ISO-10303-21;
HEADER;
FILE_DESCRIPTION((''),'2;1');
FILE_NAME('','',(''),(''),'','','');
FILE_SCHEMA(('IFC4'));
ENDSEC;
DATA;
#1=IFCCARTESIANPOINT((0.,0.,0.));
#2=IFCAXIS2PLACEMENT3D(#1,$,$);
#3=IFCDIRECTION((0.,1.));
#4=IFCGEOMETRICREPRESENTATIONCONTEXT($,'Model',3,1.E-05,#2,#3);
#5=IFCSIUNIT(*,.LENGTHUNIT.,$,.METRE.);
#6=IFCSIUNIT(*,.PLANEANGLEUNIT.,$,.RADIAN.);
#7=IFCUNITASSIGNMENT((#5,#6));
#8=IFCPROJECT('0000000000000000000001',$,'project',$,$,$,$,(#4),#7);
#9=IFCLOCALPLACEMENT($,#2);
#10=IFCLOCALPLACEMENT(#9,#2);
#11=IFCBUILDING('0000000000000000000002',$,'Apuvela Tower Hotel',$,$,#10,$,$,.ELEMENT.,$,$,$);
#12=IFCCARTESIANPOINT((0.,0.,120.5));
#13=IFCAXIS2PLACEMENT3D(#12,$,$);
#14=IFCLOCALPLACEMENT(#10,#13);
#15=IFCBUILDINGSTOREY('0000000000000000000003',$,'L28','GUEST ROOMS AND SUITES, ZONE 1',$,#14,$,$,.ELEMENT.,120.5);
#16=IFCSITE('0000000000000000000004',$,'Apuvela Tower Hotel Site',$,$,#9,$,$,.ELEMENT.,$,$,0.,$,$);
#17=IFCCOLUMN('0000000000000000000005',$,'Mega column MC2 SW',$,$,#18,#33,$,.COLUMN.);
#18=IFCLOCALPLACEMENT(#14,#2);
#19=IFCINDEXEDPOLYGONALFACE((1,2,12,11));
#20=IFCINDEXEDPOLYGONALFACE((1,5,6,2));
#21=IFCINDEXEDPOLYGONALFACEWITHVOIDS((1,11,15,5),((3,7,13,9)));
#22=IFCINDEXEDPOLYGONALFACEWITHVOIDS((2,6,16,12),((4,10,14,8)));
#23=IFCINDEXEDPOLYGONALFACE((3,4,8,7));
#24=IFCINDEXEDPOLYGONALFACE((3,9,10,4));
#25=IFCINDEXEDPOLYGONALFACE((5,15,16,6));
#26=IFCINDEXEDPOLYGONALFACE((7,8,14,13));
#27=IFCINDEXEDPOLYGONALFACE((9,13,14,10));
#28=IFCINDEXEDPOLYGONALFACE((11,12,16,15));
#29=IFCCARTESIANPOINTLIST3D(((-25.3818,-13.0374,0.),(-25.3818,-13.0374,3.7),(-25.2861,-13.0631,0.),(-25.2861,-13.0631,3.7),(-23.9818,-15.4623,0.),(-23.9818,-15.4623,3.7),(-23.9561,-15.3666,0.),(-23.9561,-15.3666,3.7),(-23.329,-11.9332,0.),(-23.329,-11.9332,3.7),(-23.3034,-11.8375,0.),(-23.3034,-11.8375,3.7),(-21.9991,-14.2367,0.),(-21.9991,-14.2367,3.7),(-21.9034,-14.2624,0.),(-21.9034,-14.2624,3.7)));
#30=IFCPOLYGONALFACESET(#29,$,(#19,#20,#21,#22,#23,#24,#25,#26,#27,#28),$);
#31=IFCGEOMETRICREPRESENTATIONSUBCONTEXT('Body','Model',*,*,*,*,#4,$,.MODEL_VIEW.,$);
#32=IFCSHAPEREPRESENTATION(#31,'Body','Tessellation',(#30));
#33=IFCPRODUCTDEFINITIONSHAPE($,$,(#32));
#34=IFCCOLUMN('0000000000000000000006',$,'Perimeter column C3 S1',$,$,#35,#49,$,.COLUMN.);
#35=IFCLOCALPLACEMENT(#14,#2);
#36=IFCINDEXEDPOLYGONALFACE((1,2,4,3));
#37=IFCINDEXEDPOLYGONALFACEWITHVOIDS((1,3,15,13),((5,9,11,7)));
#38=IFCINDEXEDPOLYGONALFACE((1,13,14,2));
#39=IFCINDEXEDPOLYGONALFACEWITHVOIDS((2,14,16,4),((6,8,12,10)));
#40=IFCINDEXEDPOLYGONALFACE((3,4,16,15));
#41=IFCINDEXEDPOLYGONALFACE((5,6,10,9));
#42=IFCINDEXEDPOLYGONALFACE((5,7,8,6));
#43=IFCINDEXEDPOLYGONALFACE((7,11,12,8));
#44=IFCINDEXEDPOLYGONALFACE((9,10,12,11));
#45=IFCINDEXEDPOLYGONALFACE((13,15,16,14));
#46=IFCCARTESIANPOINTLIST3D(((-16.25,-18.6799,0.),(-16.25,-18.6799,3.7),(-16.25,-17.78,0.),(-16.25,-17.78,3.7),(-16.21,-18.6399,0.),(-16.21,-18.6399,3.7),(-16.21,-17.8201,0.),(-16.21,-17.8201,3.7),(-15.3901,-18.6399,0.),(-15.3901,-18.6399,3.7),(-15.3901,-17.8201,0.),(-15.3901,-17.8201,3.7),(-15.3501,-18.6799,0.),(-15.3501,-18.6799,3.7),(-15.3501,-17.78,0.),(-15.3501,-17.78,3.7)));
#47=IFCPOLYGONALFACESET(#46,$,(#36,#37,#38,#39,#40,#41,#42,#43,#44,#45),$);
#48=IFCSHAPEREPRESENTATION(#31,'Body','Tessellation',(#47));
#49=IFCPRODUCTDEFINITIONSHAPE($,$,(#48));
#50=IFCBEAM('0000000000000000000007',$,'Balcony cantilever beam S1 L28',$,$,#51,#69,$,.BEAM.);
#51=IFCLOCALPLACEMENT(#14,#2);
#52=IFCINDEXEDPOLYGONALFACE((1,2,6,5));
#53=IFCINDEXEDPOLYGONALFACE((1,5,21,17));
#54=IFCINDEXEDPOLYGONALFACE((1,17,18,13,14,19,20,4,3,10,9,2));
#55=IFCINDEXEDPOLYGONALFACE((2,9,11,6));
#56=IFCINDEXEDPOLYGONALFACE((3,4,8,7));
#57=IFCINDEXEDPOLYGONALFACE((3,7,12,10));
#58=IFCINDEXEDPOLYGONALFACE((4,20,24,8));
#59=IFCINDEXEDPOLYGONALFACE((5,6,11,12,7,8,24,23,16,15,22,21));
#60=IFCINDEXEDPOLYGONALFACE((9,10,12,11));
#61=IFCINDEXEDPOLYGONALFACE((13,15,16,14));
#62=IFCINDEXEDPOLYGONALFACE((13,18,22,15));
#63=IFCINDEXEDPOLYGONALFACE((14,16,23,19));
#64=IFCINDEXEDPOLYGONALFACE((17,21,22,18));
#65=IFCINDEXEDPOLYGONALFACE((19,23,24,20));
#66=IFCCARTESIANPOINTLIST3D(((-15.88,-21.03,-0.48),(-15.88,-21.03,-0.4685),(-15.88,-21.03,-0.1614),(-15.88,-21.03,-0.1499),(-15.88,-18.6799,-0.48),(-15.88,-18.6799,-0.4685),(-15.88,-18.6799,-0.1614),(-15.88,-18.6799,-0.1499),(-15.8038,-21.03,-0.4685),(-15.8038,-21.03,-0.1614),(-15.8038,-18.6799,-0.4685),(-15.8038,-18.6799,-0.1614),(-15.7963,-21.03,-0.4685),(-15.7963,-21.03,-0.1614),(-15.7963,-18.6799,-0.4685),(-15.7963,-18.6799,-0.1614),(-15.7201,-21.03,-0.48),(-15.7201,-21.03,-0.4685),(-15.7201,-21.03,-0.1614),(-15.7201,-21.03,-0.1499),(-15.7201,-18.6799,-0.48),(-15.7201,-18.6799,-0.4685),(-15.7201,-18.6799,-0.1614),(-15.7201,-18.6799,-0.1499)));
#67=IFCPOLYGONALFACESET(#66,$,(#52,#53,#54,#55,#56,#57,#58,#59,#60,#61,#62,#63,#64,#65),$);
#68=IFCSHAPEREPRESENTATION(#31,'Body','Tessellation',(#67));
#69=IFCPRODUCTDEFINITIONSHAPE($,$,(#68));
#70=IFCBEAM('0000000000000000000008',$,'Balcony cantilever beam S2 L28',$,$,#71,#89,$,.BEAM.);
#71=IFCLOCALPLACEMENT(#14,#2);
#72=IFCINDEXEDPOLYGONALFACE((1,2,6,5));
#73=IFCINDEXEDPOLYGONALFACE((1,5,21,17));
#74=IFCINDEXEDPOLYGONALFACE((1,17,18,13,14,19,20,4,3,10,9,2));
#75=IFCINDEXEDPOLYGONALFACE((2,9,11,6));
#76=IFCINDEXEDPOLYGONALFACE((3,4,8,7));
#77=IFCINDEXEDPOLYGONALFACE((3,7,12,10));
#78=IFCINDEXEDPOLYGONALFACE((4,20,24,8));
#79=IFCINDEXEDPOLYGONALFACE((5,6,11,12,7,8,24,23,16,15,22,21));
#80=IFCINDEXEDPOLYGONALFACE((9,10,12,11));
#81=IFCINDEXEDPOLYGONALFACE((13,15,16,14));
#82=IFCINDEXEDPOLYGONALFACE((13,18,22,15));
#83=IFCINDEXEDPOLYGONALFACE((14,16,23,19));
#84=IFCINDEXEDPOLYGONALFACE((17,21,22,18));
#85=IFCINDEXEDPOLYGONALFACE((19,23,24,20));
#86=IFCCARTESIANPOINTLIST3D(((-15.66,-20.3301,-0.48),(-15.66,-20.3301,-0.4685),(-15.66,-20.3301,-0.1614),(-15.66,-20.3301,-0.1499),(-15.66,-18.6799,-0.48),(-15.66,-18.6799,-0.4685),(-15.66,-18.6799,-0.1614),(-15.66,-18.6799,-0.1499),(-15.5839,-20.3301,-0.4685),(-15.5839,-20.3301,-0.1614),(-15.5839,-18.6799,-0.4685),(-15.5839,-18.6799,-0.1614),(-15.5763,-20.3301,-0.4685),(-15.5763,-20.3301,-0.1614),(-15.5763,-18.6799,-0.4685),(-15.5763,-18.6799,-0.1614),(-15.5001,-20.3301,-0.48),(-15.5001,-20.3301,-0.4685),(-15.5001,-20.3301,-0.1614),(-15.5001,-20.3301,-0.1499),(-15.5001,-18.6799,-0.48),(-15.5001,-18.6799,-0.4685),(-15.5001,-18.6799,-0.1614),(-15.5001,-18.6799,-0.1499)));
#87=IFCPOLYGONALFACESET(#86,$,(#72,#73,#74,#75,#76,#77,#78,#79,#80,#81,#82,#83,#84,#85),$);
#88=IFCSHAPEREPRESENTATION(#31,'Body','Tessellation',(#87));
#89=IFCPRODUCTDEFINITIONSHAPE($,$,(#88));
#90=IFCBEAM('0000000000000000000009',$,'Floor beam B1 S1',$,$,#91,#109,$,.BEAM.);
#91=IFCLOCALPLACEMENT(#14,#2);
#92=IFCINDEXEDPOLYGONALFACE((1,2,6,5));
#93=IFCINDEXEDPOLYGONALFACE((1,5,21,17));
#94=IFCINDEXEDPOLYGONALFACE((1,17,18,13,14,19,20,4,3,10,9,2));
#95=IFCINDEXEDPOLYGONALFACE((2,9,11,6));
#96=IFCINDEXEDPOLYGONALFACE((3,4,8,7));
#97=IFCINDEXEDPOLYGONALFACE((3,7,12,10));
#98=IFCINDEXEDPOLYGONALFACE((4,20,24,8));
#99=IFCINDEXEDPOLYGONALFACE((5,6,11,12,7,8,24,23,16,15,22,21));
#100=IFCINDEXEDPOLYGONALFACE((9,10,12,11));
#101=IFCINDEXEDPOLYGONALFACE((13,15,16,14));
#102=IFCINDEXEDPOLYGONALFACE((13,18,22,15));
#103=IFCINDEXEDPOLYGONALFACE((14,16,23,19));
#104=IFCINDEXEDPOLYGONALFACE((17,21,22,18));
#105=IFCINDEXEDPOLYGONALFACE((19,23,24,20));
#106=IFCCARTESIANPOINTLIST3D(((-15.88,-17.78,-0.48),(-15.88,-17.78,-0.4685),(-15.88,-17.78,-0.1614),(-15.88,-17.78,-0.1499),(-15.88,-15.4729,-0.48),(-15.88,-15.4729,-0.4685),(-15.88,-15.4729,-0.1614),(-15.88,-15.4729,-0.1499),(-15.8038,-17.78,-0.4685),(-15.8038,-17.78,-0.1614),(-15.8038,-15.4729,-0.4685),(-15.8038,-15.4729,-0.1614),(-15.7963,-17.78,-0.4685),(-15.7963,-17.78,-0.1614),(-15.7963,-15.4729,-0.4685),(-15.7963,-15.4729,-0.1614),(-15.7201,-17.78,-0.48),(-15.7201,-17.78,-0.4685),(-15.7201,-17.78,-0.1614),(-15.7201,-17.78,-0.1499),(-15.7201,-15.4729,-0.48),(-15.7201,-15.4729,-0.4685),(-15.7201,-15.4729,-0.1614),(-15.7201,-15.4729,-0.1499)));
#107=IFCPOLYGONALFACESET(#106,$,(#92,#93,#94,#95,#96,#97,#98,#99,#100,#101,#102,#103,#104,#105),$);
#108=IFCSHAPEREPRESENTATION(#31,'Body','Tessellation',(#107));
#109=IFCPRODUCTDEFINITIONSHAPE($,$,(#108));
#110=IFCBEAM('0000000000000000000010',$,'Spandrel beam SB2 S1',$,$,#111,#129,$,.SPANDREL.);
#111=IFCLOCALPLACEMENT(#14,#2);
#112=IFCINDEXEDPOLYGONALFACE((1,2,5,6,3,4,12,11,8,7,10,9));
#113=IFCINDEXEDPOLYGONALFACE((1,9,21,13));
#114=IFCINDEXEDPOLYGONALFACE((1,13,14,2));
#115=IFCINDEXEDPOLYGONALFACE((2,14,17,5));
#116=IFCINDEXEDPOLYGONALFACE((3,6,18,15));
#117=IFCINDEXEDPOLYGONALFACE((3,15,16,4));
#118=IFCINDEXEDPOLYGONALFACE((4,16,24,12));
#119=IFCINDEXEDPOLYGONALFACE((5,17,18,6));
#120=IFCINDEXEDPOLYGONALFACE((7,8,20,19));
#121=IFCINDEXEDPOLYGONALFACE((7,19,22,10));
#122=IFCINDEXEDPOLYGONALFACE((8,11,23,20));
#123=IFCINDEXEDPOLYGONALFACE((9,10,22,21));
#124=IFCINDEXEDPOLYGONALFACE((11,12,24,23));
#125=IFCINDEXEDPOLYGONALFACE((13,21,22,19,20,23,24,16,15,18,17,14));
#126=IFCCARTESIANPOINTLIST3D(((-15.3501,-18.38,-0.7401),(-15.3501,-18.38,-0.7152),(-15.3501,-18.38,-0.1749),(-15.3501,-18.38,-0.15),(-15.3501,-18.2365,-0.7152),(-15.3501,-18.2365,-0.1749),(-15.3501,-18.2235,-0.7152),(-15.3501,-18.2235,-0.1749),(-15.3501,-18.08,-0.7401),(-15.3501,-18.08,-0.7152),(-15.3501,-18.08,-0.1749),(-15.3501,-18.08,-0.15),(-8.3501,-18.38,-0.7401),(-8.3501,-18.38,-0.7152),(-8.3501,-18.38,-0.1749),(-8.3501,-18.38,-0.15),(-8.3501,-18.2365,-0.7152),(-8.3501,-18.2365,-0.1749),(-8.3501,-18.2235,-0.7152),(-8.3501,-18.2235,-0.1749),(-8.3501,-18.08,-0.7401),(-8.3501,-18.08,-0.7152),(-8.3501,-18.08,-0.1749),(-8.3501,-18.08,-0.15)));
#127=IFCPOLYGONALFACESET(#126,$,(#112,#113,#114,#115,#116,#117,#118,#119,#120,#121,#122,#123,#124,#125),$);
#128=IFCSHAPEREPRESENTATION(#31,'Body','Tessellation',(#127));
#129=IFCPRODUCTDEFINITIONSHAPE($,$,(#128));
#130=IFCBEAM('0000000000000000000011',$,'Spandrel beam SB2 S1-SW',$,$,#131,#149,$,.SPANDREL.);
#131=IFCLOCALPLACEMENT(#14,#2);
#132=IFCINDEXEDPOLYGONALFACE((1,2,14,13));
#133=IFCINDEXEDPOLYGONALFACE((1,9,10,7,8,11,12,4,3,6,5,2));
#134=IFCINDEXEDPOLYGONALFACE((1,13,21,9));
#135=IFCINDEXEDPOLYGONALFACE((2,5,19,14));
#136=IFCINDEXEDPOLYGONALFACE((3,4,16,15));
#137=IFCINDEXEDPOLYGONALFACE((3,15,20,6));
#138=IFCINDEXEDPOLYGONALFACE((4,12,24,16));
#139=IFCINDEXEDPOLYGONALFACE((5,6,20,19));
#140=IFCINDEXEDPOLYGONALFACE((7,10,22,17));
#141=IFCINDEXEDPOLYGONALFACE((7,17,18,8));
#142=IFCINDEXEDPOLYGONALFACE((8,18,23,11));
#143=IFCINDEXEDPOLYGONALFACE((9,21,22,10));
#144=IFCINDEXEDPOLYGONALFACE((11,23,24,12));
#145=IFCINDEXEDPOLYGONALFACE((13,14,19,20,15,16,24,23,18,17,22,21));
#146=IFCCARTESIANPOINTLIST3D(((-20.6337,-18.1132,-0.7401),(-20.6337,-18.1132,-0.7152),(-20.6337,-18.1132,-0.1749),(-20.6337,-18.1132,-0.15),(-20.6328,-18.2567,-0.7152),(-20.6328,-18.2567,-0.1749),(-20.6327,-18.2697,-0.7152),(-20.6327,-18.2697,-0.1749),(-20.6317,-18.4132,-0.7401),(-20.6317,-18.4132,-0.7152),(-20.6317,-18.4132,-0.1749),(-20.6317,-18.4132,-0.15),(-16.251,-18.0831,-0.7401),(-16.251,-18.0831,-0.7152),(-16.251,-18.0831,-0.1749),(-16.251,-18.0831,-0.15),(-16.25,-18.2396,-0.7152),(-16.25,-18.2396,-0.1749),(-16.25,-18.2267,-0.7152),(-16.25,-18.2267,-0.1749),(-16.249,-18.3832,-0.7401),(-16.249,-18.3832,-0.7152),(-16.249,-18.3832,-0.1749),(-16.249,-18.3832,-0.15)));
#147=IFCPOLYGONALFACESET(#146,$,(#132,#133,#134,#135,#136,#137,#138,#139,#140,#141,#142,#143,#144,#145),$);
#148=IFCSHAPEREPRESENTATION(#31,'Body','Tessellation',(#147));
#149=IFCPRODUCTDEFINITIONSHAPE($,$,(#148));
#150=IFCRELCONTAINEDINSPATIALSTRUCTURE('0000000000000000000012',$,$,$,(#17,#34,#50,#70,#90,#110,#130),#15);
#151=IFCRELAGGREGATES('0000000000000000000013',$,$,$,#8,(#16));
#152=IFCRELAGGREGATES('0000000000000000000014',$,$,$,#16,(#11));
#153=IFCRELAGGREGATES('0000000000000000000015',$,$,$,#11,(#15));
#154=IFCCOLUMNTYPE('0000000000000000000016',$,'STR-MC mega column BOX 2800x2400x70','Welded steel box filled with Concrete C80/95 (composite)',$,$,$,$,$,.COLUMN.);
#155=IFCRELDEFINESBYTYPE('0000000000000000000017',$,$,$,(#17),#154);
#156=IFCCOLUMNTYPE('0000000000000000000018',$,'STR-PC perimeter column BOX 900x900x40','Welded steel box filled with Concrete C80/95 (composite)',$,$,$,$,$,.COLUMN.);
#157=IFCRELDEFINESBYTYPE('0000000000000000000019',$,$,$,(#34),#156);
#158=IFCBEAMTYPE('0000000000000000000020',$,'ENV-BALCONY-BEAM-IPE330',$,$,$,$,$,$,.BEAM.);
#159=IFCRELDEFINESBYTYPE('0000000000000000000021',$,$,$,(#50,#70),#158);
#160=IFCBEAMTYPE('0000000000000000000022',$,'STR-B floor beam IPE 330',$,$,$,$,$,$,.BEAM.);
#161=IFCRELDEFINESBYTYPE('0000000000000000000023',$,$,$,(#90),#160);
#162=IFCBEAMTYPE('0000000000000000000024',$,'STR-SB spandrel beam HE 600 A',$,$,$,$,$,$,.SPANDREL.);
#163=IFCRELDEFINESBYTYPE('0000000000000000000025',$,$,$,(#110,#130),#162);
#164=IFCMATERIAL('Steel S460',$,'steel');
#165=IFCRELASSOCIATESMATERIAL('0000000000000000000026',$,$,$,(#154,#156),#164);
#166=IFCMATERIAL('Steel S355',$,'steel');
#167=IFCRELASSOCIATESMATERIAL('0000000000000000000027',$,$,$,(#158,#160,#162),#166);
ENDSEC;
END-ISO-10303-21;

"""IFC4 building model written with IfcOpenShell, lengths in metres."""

from ifc_helpers import new_model, si_unit, direction, frame, origin, origin_2d, place, context, subcontext, project, spatial, rectangle, hollow_rectangle, i_section, extrude, material, material_profile, profile_set, type_object, element, save


model = new_model("IFC4")

# Units and contexts
model_context = context("Model", 3, precision=1e-05, world=origin(), true_north=direction((0.0, 1.0)))
body_context = subcontext(model_context, "Body", "Model", "MODEL_VIEW")
ifc_project = project(units=[si_unit("LENGTHUNIT", "METRE"), si_unit("PLANEANGLEUNIT", "RADIAN")], contexts=[model_context])

# Site, building, storey
site_placement = place(None, origin())
site = spatial("IfcSite", under=ifc_project, at=site_placement, Name="Apuvela Tower Hotel Site", CompositionType="ELEMENT", RefElevation=0.0)
building_placement = place(site_placement, origin())
building = spatial("IfcBuilding", under=site, at=building_placement, Name="Apuvela Tower Hotel", CompositionType="ELEMENT")
storey_placement = place(building_placement, frame((0.0, 0.0, 120.5)))
storey = spatial("IfcBuildingStorey", under=building, at=storey_placement, Name="L28", Description="GUEST ROOMS AND SUITES, ZONE 1", CompositionType="ELEMENT", Elevation=120.5)

# Columns
ifc_material_1 = material(Name="Steel S460", Category="steel")
ifc_material_profile_1 = material_profile(ifc_material_1, hollow_rectangle(XDim=2.8, YDim=2.3999, WallThickness=0.0701, at=origin_2d()), Name="BOX 2800x2400x70")
ifc_material_2 = material(Name="Concrete C80/95", Category="concrete")
ifc_material_profile_2 = material_profile(ifc_material_2, rectangle(XDim=2.6599, YDim=2.26, at=origin_2d()), Name="Concrete C80/95 infill")
ifc_profile_set_1 = profile_set([ifc_material_profile_1, ifc_material_profile_2], Name="Steel S460")
column_type_1 = type_object("IfcColumnType", Name="STR-MC mega column BOX 2800x2400x70", Description="Welded steel box filled with Concrete C80/95 (composite)", PredefinedType="COLUMN", material=ifc_profile_set_1)
column_1_placement = place(storey_placement, frame((-23.6426, -13.6499, 0.0), z_axis=(0.0, 0.0, 1.0), x_axis=(-0.5, 0.866025, 0.0)))
element("IfcColumn", 1, at=column_1_placement, inside=storey, type_object=column_type_1, Name="Mega column MC2 SW", PredefinedType="COLUMN", context=body_context, shape_type="SweptSolid", body=[
    extrude(hollow_rectangle(XDim=2.8, YDim=2.3999, WallThickness=0.0701, at=origin_2d()), origin(), (0.0, 0.0, 1.0), 3.7),
])
ifc_material_profile_3 = material_profile(ifc_material_1, hollow_rectangle(XDim=0.8999, YDim=0.8999, WallThickness=0.04, at=origin_2d()), Name="BOX 900x900x40")
ifc_material_profile_4 = material_profile(ifc_material_2, rectangle(XDim=0.8201, YDim=0.8201, at=origin_2d()), Name="Concrete C80/95 infill")
ifc_profile_set_2 = profile_set([ifc_material_profile_3, ifc_material_profile_4], Name="Steel S460")
column_type_2 = type_object("IfcColumnType", Name="STR-PC perimeter column BOX 900x900x40", Description="Welded steel box filled with Concrete C80/95 (composite)", PredefinedType="COLUMN", material=ifc_profile_set_2)
column_2_placement = place(storey_placement, frame((-15.8, -18.23, 0.0), z_axis=(0.0, 0.0, 1.0), x_axis=(-1.0, 0.0, 0.0)))
element("IfcColumn", 2, at=column_2_placement, inside=storey, type_object=column_type_2, Name="Perimeter column C3 S1", PredefinedType="COLUMN", context=body_context, shape_type="SweptSolid", body=[
    extrude(hollow_rectangle(XDim=0.8999, YDim=0.8999, WallThickness=0.04, at=origin_2d()), origin(), (0.0, 0.0, 1.0), 3.7),
])

# Beams
ifc_material_3 = material(Name="Steel S355", Category="steel")
ifc_material_profile_5 = material_profile(ifc_material_3, i_section(OverallWidth=0.1599, OverallDepth=0.3301, WebThickness=0.0076, FlangeThickness=0.0115, at=origin_2d()), Name="IPE 330")
ifc_profile_set_3 = profile_set([ifc_material_profile_5], Name="Steel S355")
beam_type_1 = type_object("IfcBeamType", Name="ENV-BALCONY-BEAM-IPE330", PredefinedType="BEAM", material=ifc_profile_set_3)
beam_1_placement = place(storey_placement, frame((-15.8, -18.6799, -0.3149), z_axis=(0.0, -1.0, 0.0), x_axis=(1.0, 0.0, 0.0)))
element("IfcBeam", 3, at=beam_1_placement, inside=storey, type_object=beam_type_1, Name="Balcony cantilever beam S1 L28", PredefinedType="BEAM", context=body_context, shape_type="SweptSolid", body=[
    extrude(i_section(OverallWidth=0.1599, OverallDepth=0.3301, WebThickness=0.0076, FlangeThickness=0.0115, at=origin_2d()), origin(), (0.0, 0.0, 1.0), 2.3501),
])
beam_2_placement = place(storey_placement, frame((-15.5801, -18.6799, -0.3149), z_axis=(0.0, -1.0, 0.0), x_axis=(1.0, 0.0, 0.0)))
element("IfcBeam", 4, at=beam_2_placement, inside=storey, type_object=beam_type_1, Name="Balcony cantilever beam S2 L28", PredefinedType="BEAM", context=body_context, shape_type="SweptSolid", body=[
    extrude(i_section(OverallWidth=0.1599, OverallDepth=0.3301, WebThickness=0.0076, FlangeThickness=0.0115, at=origin_2d()), origin(), (0.0, 0.0, 1.0), 1.6501),
])
ifc_material_profile_6 = material_profile(ifc_material_3, i_section(OverallWidth=0.1599, OverallDepth=0.3301, WebThickness=0.0076, FlangeThickness=0.0115, at=origin_2d()), Name="IPE 330")
ifc_profile_set_4 = profile_set([ifc_material_profile_6], Name="Steel S355")
beam_type_2 = type_object("IfcBeamType", Name="STR-B floor beam IPE 330", PredefinedType="BEAM", material=ifc_profile_set_4)
beam_3_placement = place(storey_placement, frame((-15.8, -17.78, -0.3149), z_axis=(0.0, 1.0, 0.0), x_axis=(-1.0, 0.0, 0.0)))
element("IfcBeam", 5, at=beam_3_placement, inside=storey, type_object=beam_type_2, Name="Floor beam B1 S1", PredefinedType="BEAM", context=body_context, shape_type="SweptSolid", body=[
    extrude(i_section(OverallWidth=0.1599, OverallDepth=0.3301, WebThickness=0.0076, FlangeThickness=0.0115, at=origin_2d()), origin(), (0.0, 0.0, 1.0), 2.3071),
])
ifc_material_profile_7 = material_profile(ifc_material_3, i_section(OverallWidth=0.3, OverallDepth=0.5901, WebThickness=0.0129, FlangeThickness=0.0249, at=origin_2d()), Name="HE 600 A")
ifc_profile_set_5 = profile_set([ifc_material_profile_7], Name="Steel S355")
beam_type_3 = type_object("IfcBeamType", Name="STR-SB spandrel beam HE 600 A", PredefinedType="SPANDREL", material=ifc_profile_set_5)
beam_4_placement = place(storey_placement, frame((-15.3501, -18.23, -0.4451), z_axis=(1.0, 0.0, 0.0), x_axis=(0.0, 1.0, 0.0)))
element("IfcBeam", 6, at=beam_4_placement, inside=storey, type_object=beam_type_3, Name="Spandrel beam SB2 S1", PredefinedType="SPANDREL", context=body_context, shape_type="SweptSolid", body=[
    extrude(i_section(OverallWidth=0.3, OverallDepth=0.5901, WebThickness=0.0129, FlangeThickness=0.0249, at=origin_2d()), origin(), (0.0, 0.0, 1.0), 7.0),
])
beam_5_placement = place(storey_placement, frame((-16.25, -18.2332, -0.4451), z_axis=(-0.999977, -0.006851, 0.0), x_axis=(0.006851, -0.999977, 0.0)))
element("IfcBeam", 7, at=beam_5_placement, inside=storey, type_object=beam_type_3, Name="Spandrel beam SB2 S1-SW", PredefinedType="SPANDREL", context=body_context, shape_type="SweptSolid", body=[
    extrude(i_section(OverallWidth=0.3, OverallDepth=0.5901, WebThickness=0.0129, FlangeThickness=0.0249, at=origin_2d()), origin(), (0.0, 0.0, 1.0), 4.3828),
])

save(model, "model.ifc")
